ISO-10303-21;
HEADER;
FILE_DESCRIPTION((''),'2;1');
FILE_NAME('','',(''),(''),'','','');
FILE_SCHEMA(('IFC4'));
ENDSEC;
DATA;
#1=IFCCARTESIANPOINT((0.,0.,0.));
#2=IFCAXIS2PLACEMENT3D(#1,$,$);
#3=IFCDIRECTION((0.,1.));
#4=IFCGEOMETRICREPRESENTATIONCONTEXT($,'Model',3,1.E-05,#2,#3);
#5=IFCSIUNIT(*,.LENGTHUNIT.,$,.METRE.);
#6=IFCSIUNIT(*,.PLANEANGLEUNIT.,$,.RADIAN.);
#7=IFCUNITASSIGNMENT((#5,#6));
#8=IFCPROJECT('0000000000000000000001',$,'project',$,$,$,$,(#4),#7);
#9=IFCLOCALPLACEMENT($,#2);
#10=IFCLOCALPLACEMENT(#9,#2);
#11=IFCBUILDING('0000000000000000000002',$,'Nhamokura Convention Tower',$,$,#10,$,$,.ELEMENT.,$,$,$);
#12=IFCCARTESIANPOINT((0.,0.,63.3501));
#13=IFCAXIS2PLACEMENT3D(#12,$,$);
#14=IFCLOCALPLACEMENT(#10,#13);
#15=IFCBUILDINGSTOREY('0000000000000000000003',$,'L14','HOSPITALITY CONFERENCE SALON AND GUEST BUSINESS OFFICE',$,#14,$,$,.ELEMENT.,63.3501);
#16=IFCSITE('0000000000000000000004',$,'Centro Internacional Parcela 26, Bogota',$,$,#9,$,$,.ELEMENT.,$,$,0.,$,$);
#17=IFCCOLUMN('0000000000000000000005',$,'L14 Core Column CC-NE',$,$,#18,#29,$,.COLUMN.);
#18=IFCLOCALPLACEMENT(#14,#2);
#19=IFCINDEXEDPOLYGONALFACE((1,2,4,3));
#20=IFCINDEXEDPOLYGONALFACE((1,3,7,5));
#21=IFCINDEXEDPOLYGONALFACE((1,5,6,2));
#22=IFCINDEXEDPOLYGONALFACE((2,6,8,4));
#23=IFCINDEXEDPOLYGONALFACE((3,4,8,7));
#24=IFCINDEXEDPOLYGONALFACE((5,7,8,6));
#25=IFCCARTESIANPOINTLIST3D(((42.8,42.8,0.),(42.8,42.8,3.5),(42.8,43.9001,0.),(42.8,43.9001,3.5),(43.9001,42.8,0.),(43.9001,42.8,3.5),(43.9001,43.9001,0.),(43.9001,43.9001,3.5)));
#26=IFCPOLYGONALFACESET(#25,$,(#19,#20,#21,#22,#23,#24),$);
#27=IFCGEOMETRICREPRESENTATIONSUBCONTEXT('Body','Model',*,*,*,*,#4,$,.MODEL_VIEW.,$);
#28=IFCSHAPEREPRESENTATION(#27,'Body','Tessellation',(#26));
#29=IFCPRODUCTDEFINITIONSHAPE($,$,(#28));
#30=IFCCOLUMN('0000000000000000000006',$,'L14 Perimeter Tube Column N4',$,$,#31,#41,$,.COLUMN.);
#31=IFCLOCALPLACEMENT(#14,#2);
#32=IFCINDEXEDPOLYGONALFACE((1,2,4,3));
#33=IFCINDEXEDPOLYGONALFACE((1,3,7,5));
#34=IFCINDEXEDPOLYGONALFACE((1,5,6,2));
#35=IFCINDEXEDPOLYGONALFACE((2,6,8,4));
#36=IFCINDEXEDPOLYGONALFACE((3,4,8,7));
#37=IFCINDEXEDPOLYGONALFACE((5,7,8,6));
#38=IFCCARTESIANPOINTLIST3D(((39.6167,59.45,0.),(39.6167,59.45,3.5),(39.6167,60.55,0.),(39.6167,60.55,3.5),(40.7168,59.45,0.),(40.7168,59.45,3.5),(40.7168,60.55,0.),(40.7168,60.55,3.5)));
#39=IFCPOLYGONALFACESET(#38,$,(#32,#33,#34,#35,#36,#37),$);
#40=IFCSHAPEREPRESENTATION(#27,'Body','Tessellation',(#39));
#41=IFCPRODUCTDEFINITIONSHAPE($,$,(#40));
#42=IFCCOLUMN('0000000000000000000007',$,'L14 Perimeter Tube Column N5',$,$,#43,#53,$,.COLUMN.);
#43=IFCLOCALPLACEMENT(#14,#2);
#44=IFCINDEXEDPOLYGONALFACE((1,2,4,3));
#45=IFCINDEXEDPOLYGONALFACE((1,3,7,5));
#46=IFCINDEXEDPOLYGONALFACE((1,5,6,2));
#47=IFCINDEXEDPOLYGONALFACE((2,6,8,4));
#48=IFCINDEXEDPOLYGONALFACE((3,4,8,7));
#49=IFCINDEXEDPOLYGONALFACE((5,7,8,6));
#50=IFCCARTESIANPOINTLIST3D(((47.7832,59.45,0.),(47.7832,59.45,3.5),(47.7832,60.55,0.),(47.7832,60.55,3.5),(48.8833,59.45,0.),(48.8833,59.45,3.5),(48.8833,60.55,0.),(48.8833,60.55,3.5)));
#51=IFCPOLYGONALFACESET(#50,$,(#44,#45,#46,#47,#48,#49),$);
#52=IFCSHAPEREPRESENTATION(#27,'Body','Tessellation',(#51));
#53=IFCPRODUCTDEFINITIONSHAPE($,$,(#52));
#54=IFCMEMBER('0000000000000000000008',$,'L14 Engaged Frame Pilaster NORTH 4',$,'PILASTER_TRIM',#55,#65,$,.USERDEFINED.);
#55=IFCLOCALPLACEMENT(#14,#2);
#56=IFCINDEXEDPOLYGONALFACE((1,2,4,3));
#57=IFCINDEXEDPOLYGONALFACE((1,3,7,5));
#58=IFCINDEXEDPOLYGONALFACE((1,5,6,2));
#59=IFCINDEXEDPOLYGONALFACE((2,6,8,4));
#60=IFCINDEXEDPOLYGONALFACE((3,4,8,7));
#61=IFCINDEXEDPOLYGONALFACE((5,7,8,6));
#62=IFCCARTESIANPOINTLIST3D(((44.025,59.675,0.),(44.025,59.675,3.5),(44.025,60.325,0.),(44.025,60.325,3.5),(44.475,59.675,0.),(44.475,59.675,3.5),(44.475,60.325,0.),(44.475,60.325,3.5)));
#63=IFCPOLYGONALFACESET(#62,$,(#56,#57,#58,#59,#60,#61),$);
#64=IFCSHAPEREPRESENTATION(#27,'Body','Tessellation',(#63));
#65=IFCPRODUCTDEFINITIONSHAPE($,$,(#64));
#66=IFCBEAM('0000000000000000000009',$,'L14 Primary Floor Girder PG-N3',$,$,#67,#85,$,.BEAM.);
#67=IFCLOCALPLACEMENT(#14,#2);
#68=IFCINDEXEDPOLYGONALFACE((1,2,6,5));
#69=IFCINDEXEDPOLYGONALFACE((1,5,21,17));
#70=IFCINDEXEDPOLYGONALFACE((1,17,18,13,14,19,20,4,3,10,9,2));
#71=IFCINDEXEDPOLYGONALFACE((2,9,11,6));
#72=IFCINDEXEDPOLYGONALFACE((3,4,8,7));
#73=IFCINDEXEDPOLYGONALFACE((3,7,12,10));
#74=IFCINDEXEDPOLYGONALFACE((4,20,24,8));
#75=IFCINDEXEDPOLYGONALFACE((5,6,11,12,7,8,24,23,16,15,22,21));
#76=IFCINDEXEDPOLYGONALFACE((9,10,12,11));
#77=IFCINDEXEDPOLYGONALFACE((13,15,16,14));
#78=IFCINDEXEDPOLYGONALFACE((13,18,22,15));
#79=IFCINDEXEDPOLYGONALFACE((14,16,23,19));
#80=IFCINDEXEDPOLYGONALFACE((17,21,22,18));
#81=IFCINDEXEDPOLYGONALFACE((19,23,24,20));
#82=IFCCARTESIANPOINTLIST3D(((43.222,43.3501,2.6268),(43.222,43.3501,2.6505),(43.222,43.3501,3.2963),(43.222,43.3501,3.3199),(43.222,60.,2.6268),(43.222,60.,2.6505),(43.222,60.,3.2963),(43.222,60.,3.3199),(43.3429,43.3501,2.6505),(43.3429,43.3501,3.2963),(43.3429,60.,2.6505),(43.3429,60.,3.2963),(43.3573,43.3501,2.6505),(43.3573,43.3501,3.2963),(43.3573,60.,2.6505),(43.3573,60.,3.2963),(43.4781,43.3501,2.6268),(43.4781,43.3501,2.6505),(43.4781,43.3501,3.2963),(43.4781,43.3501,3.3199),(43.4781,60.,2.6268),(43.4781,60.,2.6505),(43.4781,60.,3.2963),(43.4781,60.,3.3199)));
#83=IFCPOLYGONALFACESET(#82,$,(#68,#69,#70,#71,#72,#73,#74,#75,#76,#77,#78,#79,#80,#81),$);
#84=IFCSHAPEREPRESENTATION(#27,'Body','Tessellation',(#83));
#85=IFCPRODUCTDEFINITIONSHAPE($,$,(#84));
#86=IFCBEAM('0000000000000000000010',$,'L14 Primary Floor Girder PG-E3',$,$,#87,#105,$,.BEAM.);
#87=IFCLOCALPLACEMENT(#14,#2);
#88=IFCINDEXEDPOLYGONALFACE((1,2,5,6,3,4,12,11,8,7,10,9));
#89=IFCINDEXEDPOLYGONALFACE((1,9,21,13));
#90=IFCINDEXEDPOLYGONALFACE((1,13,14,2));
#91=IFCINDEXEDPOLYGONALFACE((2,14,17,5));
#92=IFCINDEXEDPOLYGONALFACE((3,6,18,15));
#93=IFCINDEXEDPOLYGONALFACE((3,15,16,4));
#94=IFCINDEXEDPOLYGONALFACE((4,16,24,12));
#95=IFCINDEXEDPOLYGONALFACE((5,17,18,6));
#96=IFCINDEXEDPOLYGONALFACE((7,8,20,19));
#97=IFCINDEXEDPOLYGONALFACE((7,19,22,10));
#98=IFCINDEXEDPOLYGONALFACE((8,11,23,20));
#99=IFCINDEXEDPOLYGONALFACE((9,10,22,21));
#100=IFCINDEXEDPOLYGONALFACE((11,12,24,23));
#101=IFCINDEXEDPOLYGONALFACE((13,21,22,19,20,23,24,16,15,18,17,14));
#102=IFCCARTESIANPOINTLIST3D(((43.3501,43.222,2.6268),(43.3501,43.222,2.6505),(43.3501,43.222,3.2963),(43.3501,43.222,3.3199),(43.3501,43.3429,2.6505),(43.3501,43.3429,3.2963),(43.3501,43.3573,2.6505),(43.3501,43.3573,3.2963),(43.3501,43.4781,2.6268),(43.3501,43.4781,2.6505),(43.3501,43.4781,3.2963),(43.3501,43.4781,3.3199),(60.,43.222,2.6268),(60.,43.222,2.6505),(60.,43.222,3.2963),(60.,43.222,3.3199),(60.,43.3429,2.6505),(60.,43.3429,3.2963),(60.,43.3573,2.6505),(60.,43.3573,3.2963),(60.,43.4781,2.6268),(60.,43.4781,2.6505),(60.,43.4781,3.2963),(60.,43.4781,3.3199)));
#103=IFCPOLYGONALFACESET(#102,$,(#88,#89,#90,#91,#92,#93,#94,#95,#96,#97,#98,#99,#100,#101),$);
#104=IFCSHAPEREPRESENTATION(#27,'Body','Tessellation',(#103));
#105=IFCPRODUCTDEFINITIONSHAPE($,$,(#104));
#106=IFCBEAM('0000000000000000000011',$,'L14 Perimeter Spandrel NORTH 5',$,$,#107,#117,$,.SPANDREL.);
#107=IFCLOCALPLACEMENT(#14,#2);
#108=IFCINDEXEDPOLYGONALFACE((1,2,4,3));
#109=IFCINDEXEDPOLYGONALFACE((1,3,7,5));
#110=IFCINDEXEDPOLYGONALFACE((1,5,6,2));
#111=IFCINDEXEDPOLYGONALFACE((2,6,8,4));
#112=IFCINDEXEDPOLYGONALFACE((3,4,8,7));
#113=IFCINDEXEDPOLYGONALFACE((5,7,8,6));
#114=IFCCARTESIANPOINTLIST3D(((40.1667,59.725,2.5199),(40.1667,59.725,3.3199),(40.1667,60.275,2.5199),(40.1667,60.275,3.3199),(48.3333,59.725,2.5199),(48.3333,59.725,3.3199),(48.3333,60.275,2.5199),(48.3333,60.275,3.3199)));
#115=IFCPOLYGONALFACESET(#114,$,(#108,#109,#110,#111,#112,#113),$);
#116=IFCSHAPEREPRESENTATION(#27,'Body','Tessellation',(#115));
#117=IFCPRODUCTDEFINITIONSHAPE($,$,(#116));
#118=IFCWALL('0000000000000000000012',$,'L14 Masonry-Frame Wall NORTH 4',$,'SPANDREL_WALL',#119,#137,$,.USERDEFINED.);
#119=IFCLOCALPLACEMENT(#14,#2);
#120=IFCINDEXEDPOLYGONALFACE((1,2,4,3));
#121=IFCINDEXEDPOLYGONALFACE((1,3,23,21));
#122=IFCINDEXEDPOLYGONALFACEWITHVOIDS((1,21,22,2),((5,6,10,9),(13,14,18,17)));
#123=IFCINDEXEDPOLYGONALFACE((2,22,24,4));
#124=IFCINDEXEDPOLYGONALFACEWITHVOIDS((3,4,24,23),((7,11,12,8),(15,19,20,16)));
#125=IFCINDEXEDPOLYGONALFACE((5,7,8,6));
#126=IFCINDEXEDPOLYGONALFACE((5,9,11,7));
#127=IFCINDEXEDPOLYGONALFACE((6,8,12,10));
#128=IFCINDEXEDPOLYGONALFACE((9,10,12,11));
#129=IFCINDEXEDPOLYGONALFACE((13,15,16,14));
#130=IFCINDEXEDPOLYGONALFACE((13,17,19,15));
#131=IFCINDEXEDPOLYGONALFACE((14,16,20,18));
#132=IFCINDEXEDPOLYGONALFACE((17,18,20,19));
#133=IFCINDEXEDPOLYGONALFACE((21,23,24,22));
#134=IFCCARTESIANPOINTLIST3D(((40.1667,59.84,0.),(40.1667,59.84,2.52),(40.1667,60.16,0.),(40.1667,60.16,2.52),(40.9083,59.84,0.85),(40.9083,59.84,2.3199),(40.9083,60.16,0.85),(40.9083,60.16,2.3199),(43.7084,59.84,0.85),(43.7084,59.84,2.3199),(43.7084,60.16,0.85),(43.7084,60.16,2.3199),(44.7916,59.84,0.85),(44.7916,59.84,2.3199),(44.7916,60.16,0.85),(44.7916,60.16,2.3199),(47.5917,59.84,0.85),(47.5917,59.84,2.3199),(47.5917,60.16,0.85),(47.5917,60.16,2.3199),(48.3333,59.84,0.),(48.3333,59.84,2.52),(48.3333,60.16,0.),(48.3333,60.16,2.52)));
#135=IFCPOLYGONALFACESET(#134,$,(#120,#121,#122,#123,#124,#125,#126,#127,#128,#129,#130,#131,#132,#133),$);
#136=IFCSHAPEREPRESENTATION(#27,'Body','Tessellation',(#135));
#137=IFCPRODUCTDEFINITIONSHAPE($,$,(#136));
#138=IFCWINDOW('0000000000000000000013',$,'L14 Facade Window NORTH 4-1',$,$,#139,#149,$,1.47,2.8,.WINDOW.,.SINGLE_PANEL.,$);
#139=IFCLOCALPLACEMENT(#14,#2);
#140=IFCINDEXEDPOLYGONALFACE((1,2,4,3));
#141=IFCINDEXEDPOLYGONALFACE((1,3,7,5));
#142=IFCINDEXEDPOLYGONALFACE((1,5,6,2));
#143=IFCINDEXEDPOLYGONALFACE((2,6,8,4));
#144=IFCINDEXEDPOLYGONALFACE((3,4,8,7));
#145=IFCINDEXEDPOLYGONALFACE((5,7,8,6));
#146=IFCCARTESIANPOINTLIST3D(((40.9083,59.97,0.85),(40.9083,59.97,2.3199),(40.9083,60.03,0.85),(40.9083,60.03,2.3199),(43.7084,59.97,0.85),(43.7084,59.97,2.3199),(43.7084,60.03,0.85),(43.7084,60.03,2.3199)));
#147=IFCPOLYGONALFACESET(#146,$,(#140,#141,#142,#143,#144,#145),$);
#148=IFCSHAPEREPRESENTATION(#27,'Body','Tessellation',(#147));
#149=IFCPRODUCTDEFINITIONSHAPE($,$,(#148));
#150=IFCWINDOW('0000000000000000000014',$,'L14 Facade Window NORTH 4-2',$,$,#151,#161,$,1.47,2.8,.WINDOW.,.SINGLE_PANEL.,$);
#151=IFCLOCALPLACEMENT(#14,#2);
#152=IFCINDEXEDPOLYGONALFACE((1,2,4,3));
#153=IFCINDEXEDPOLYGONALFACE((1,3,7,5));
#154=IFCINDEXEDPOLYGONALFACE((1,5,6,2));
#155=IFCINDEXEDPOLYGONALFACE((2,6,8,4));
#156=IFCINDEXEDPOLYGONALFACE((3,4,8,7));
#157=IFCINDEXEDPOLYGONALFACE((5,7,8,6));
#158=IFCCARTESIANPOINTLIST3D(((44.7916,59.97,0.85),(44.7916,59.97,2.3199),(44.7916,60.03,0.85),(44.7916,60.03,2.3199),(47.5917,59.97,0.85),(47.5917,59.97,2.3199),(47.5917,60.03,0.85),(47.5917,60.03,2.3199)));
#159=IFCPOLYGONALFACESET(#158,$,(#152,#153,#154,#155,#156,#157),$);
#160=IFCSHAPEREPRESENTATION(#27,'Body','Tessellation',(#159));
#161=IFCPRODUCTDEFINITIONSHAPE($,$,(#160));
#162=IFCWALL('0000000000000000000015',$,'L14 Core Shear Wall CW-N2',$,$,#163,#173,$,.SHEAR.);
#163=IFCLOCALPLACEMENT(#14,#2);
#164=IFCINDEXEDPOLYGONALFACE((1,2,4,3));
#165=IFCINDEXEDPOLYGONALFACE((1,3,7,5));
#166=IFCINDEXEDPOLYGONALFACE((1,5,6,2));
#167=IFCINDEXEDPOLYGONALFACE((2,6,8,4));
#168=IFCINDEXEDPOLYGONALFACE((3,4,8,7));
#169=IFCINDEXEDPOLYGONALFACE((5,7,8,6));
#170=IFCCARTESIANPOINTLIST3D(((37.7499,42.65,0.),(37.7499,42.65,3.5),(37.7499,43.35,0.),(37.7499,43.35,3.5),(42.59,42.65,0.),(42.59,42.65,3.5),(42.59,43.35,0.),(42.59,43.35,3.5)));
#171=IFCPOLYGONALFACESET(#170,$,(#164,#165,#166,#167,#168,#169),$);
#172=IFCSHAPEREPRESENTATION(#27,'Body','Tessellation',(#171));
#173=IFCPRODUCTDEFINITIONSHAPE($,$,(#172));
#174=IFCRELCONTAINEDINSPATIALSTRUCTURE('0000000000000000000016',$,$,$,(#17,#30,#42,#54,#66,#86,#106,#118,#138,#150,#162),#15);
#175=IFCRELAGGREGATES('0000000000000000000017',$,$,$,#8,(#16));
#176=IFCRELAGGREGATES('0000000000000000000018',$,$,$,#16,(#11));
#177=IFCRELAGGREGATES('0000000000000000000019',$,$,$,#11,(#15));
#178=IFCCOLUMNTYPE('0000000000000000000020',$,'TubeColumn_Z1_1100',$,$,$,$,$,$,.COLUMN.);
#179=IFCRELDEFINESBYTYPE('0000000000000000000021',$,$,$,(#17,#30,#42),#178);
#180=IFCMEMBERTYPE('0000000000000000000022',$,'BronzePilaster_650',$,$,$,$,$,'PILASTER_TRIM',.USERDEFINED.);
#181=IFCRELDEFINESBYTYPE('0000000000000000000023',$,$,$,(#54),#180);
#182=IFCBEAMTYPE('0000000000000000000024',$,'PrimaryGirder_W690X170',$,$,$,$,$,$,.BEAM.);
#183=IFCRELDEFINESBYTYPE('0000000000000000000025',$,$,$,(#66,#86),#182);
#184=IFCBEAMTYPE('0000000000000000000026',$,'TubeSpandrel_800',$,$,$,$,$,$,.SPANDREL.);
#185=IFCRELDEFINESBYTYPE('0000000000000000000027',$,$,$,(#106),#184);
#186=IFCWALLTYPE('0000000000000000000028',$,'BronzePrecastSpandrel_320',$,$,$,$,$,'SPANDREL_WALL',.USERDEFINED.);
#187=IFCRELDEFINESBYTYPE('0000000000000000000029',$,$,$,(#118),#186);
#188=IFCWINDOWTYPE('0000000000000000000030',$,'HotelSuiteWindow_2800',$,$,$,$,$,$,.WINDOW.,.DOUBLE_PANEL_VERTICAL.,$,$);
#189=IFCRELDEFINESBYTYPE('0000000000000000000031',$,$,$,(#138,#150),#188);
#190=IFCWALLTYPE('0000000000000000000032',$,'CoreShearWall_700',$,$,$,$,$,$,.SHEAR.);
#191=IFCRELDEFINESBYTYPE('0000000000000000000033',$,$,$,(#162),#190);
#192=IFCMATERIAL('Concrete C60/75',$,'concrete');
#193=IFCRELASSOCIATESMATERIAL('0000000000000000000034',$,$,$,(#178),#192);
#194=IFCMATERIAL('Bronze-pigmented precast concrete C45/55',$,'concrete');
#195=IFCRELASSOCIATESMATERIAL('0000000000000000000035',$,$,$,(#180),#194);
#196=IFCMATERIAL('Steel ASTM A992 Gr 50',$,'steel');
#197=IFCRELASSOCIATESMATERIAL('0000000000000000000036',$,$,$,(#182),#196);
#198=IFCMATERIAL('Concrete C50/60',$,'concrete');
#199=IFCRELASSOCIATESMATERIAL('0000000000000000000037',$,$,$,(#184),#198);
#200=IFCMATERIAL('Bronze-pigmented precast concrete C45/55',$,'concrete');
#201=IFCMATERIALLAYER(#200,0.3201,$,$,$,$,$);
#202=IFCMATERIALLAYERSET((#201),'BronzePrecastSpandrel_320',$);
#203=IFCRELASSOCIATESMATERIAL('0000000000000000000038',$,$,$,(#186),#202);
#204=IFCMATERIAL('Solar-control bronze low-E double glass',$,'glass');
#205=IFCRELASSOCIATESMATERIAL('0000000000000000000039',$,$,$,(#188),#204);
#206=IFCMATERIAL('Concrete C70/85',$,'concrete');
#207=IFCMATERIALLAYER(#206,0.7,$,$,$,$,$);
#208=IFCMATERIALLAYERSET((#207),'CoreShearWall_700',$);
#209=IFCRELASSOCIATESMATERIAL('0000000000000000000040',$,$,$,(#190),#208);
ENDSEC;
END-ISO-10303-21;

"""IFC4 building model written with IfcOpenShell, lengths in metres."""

from ifc_helpers import new_model, si_unit, direction, frame, frame_2d, origin, origin_2d, place, context, subcontext, project, spatial, rectangle, i_section, extrude, material, layer, layer_set, material_profile, profile_set, type_object, element, fill, save


model = new_model("IFC4")

# Units and contexts
model_context = context("Model", 3, precision=1e-05, world=origin(), true_north=direction((0.0, 1.0)))
body_context = subcontext(model_context, "Body", "Model", "MODEL_VIEW")
ifc_project = project(units=[si_unit("LENGTHUNIT", "METRE"), si_unit("PLANEANGLEUNIT", "RADIAN")], contexts=[model_context])

# Site, building, storey
site_placement = place(None, origin())
site = spatial("IfcSite", under=ifc_project, at=site_placement, Name="Centro Internacional Parcela 26, Bogota", CompositionType="ELEMENT", RefElevation=0.0)
building_placement = place(site_placement, origin())
building = spatial("IfcBuilding", under=site, at=building_placement, Name="Nhamokura Convention Tower", CompositionType="ELEMENT")
storey_placement = place(building_placement, frame((0.0, 0.0, 63.3501)))
storey = spatial("IfcBuildingStorey", under=building, at=storey_placement, Name="L14", Description="HOSPITALITY CONFERENCE SALON AND GUEST BUSINESS OFFICE", CompositionType="ELEMENT", Elevation=63.3501)

# Columns
ifc_material_1 = material(Name="Concrete C60/75", Category="concrete")
ifc_material_profile_1 = material_profile(ifc_material_1, rectangle(XDim=1.1001, YDim=1.1001, at=origin_2d()))
ifc_profile_set_1 = profile_set([ifc_material_profile_1], Name="Concrete C60/75")
column_type = type_object("IfcColumnType", Name="TubeColumn_Z1_1100", PredefinedType="COLUMN", material=ifc_profile_set_1)
for number, where, z_axis, x_axis, name in (
    (1, (43.3501, 43.3501, 0.0), (0.0, 0.0, 1.0), (1.0, 0.0, 0.0), "L14 Core Column CC-NE"),
    (2, (40.1667, 60.0, 0.0), (0.0, 0.0, 1.0), (1.0, 0.0, 0.0), "L14 Perimeter Tube Column N4"),
    (3, (48.3333, 60.0, 0.0), (0.0, 0.0, 1.0), (1.0, 0.0, 0.0), "L14 Perimeter Tube Column N5"),
):
    element("IfcColumn", number, at=place(storey_placement, frame(where, z_axis=z_axis, x_axis=x_axis)), inside=storey, type_object=column_type, Name=name, PredefinedType="COLUMN", context=body_context, shape_type="SweptSolid", body=[
        extrude(rectangle(XDim=1.1001, YDim=1.1001, at=origin_2d()), origin(), (0.0, 0.0, 1.0), 3.5),
    ])

# Member
ifc_material_2 = material(Name="Bronze-pigmented precast concrete C45/55", Category="concrete")
ifc_material_profile_2 = material_profile(ifc_material_2, rectangle(XDim=0.45, YDim=0.6499, at=origin_2d()))
ifc_profile_set_2 = profile_set([ifc_material_profile_2], Name="Bronze-pigmented precast concrete C45/55")
member_type = type_object("IfcMemberType", Name="BronzePilaster_650", ElementType="PILASTER_TRIM", PredefinedType="USERDEFINED", material=ifc_profile_set_2)
member_placement = place(storey_placement, frame((44.25, 60.0, 0.0), z_axis=(0.0, 0.0, 1.0), x_axis=(1.0, 0.0, 0.0)))
element("IfcMember", 4, at=member_placement, inside=storey, type_object=member_type, Name="L14 Engaged Frame Pilaster NORTH 4", ObjectType="PILASTER_TRIM", PredefinedType="USERDEFINED", context=body_context, shape_type="SweptSolid", body=[
    extrude(rectangle(XDim=0.45, YDim=0.6499, at=origin_2d()), origin(), (0.0, 0.0, 1.0), 3.5),
])

# Beams
ifc_material_3 = material(Name="Steel ASTM A992 Gr 50", Category="steel")
ifc_material_profile_3 = material_profile(ifc_material_3, i_section(OverallWidth=0.2561, OverallDepth=0.6931, WebThickness=0.0144, FlangeThickness=0.0237, at=origin_2d()))
ifc_profile_set_3 = profile_set([ifc_material_profile_3], Name="Steel ASTM A992 Gr 50")
beam_type_1 = type_object("IfcBeamType", Name="PrimaryGirder_W690X170", PredefinedType="BEAM", material=ifc_profile_set_3)
for number, where, z_axis, x_axis, name in (
    (5, (43.3501, 43.3501, 2.9734), (0.0, 1.0, 0.0), (-1.0, 0.0, 0.0), "L14 Primary Floor Girder PG-N3"),
    (6, (43.3501, 43.3501, 2.9734), (1.0, 0.0, 0.0), (0.0, 1.0, 0.0), "L14 Primary Floor Girder PG-E3"),
):
    element("IfcBeam", number, at=place(storey_placement, frame(where, z_axis=z_axis, x_axis=x_axis)), inside=storey, type_object=beam_type_1, Name=name, PredefinedType="BEAM", context=body_context, shape_type="SweptSolid", body=[
        extrude(i_section(OverallWidth=0.2561, OverallDepth=0.6931, WebThickness=0.0144, FlangeThickness=0.0237, at=origin_2d()), origin(), (0.0, 0.0, 1.0), 16.6499),
    ])
ifc_material_4 = material(Name="Concrete C50/60", Category="concrete")
ifc_material_profile_4 = material_profile(ifc_material_4, rectangle(XDim=0.55, YDim=0.8, at=origin_2d()))
ifc_profile_set_4 = profile_set([ifc_material_profile_4], Name="Concrete C50/60")
beam_type_2 = type_object("IfcBeamType", Name="TubeSpandrel_800", PredefinedType="SPANDREL", material=ifc_profile_set_4)
beam_placement = place(storey_placement, frame((40.1667, 60.0, 2.9199), z_axis=(1.0, 0.0, 0.0), x_axis=(0.0, 1.0, 0.0)))
element("IfcBeam", 7, at=beam_placement, inside=storey, type_object=beam_type_2, Name="L14 Perimeter Spandrel NORTH 5", PredefinedType="SPANDREL", context=body_context, shape_type="SweptSolid", body=[
    extrude(rectangle(XDim=0.55, YDim=0.8, at=origin_2d()), origin(), (0.0, 0.0, 1.0), 8.1665),
])

# Wall, openings, windows
ifc_material_5 = material(Name="Bronze-pigmented precast concrete C45/55", Category="concrete")
ifc_layer_1 = layer(ifc_material_5, 0.3201)
ifc_layer_set_1 = layer_set([ifc_layer_1], Name="BronzePrecastSpandrel_320")
wall_type_1 = type_object("IfcWallType", Name="BronzePrecastSpandrel_320", ElementType="SPANDREL_WALL", PredefinedType="USERDEFINED", material=ifc_layer_set_1)
wall_1_placement = place(storey_placement, frame((40.1667, 60.0, 0.0), z_axis=(0.0, 0.0, 1.0), x_axis=(1.0, 0.0, 0.0)))
wall_1 = element("IfcWall", 8, at=wall_1_placement, inside=storey, type_object=wall_type_1, Name="L14 Masonry-Frame Wall NORTH 4", ObjectType="SPANDREL_WALL", PredefinedType="USERDEFINED", context=body_context, shape_type="SweptSolid", body=[
    extrude(rectangle(XDim=8.1665, YDim=0.3201, at=frame_2d((4.0833, 0.0))), origin(), (0.0, 0.0, 1.0), 2.52),
])
opening_1_placement = place(wall_1_placement, frame((0.7417, 0.0, 0.8501)))
opening_1 = element("IfcOpeningElement", 9, at=opening_1_placement, cuts=wall_1, PredefinedType="OPENING", context=body_context, shape_type="SweptSolid", body=[
    extrude(rectangle(XDim=2.8, YDim=1.47, at=frame_2d((1.3999, 0.7349))), frame((0.0, 0.1699, 0.0), z_axis=(0.0, -1.0, 0.0), x_axis=(1.0, 0.0, 0.0)), (0.0, 0.0, 1.0), 0.3401),
])
opening_2_placement = place(wall_1_placement, frame((4.625, 0.0, 0.8501)))
opening_2 = element("IfcOpeningElement", 10, at=opening_2_placement, cuts=wall_1, PredefinedType="OPENING", context=body_context, shape_type="SweptSolid", body=[
    extrude(rectangle(XDim=2.8, YDim=1.47, at=frame_2d((1.3999, 0.7349))), frame((0.0, 0.1699, 0.0), z_axis=(0.0, -1.0, 0.0), x_axis=(1.0, 0.0, 0.0)), (0.0, 0.0, 1.0), 0.3401),
])
ifc_material_6 = material(Name="Solar-control bronze low-E double glass", Category="glass")
window_type = type_object("IfcWindowType", Name="HotelSuiteWindow_2800", PartitioningType="DOUBLE_PANEL_VERTICAL", PredefinedType="WINDOW", material=ifc_material_6)
window_1_placement = place(opening_1_placement, origin())
window_1 = element("IfcWindow", 11, at=window_1_placement, inside=storey, type_object=window_type, Name="L14 Facade Window NORTH 4-1", OverallHeight=1.47, OverallWidth=2.8, PartitioningType="SINGLE_PANEL", PredefinedType="WINDOW", context=body_context, shape_type="SweptSolid", body=[
    extrude(rectangle(XDim=2.8, YDim=1.47, at=frame_2d((1.3999, 0.7349))), frame((0.0, 0.03, 0.0), z_axis=(0.0, -1.0, 0.0), x_axis=(1.0, 0.0, 0.0)), (0.0, 0.0, 1.0), 0.0601),
])
fill(opening_1, window_1)
window_2_placement = place(opening_2_placement, origin())
window_2 = element("IfcWindow", 12, at=window_2_placement, inside=storey, type_object=window_type, Name="L14 Facade Window NORTH 4-2", OverallHeight=1.47, OverallWidth=2.8, PartitioningType="SINGLE_PANEL", PredefinedType="WINDOW", context=body_context, shape_type="SweptSolid", body=[
    extrude(rectangle(XDim=2.8, YDim=1.47, at=frame_2d((1.3999, 0.7349))), frame((0.0, 0.03, 0.0), z_axis=(0.0, -1.0, 0.0), x_axis=(1.0, 0.0, 0.0)), (0.0, 0.0, 1.0), 0.0601),
])
fill(opening_2, window_2)

# Wall
ifc_material_7 = material(Name="Concrete C70/85", Category="concrete")
ifc_layer_2 = layer(ifc_material_7, 0.7)
ifc_layer_set_2 = layer_set([ifc_layer_2], Name="CoreShearWall_700")
wall_type_2 = type_object("IfcWallType", Name="CoreShearWall_700", PredefinedType="SHEAR", material=ifc_layer_set_2)
wall_2_placement = place(storey_placement, frame((37.75, 43.0, 0.0), z_axis=(0.0, 0.0, 1.0), x_axis=(1.0, 0.0, 0.0)))
element("IfcWall", 13, at=wall_2_placement, inside=storey, type_object=wall_type_2, Name="L14 Core Shear Wall CW-N2", PredefinedType="SHEAR", context=body_context, shape_type="SweptSolid", body=[
    extrude(rectangle(XDim=4.8401, YDim=0.7, at=frame_2d((2.4199, 0.0))), origin(), (0.0, 0.0, 1.0), 3.5),
])

save(model, "model.ifc")
